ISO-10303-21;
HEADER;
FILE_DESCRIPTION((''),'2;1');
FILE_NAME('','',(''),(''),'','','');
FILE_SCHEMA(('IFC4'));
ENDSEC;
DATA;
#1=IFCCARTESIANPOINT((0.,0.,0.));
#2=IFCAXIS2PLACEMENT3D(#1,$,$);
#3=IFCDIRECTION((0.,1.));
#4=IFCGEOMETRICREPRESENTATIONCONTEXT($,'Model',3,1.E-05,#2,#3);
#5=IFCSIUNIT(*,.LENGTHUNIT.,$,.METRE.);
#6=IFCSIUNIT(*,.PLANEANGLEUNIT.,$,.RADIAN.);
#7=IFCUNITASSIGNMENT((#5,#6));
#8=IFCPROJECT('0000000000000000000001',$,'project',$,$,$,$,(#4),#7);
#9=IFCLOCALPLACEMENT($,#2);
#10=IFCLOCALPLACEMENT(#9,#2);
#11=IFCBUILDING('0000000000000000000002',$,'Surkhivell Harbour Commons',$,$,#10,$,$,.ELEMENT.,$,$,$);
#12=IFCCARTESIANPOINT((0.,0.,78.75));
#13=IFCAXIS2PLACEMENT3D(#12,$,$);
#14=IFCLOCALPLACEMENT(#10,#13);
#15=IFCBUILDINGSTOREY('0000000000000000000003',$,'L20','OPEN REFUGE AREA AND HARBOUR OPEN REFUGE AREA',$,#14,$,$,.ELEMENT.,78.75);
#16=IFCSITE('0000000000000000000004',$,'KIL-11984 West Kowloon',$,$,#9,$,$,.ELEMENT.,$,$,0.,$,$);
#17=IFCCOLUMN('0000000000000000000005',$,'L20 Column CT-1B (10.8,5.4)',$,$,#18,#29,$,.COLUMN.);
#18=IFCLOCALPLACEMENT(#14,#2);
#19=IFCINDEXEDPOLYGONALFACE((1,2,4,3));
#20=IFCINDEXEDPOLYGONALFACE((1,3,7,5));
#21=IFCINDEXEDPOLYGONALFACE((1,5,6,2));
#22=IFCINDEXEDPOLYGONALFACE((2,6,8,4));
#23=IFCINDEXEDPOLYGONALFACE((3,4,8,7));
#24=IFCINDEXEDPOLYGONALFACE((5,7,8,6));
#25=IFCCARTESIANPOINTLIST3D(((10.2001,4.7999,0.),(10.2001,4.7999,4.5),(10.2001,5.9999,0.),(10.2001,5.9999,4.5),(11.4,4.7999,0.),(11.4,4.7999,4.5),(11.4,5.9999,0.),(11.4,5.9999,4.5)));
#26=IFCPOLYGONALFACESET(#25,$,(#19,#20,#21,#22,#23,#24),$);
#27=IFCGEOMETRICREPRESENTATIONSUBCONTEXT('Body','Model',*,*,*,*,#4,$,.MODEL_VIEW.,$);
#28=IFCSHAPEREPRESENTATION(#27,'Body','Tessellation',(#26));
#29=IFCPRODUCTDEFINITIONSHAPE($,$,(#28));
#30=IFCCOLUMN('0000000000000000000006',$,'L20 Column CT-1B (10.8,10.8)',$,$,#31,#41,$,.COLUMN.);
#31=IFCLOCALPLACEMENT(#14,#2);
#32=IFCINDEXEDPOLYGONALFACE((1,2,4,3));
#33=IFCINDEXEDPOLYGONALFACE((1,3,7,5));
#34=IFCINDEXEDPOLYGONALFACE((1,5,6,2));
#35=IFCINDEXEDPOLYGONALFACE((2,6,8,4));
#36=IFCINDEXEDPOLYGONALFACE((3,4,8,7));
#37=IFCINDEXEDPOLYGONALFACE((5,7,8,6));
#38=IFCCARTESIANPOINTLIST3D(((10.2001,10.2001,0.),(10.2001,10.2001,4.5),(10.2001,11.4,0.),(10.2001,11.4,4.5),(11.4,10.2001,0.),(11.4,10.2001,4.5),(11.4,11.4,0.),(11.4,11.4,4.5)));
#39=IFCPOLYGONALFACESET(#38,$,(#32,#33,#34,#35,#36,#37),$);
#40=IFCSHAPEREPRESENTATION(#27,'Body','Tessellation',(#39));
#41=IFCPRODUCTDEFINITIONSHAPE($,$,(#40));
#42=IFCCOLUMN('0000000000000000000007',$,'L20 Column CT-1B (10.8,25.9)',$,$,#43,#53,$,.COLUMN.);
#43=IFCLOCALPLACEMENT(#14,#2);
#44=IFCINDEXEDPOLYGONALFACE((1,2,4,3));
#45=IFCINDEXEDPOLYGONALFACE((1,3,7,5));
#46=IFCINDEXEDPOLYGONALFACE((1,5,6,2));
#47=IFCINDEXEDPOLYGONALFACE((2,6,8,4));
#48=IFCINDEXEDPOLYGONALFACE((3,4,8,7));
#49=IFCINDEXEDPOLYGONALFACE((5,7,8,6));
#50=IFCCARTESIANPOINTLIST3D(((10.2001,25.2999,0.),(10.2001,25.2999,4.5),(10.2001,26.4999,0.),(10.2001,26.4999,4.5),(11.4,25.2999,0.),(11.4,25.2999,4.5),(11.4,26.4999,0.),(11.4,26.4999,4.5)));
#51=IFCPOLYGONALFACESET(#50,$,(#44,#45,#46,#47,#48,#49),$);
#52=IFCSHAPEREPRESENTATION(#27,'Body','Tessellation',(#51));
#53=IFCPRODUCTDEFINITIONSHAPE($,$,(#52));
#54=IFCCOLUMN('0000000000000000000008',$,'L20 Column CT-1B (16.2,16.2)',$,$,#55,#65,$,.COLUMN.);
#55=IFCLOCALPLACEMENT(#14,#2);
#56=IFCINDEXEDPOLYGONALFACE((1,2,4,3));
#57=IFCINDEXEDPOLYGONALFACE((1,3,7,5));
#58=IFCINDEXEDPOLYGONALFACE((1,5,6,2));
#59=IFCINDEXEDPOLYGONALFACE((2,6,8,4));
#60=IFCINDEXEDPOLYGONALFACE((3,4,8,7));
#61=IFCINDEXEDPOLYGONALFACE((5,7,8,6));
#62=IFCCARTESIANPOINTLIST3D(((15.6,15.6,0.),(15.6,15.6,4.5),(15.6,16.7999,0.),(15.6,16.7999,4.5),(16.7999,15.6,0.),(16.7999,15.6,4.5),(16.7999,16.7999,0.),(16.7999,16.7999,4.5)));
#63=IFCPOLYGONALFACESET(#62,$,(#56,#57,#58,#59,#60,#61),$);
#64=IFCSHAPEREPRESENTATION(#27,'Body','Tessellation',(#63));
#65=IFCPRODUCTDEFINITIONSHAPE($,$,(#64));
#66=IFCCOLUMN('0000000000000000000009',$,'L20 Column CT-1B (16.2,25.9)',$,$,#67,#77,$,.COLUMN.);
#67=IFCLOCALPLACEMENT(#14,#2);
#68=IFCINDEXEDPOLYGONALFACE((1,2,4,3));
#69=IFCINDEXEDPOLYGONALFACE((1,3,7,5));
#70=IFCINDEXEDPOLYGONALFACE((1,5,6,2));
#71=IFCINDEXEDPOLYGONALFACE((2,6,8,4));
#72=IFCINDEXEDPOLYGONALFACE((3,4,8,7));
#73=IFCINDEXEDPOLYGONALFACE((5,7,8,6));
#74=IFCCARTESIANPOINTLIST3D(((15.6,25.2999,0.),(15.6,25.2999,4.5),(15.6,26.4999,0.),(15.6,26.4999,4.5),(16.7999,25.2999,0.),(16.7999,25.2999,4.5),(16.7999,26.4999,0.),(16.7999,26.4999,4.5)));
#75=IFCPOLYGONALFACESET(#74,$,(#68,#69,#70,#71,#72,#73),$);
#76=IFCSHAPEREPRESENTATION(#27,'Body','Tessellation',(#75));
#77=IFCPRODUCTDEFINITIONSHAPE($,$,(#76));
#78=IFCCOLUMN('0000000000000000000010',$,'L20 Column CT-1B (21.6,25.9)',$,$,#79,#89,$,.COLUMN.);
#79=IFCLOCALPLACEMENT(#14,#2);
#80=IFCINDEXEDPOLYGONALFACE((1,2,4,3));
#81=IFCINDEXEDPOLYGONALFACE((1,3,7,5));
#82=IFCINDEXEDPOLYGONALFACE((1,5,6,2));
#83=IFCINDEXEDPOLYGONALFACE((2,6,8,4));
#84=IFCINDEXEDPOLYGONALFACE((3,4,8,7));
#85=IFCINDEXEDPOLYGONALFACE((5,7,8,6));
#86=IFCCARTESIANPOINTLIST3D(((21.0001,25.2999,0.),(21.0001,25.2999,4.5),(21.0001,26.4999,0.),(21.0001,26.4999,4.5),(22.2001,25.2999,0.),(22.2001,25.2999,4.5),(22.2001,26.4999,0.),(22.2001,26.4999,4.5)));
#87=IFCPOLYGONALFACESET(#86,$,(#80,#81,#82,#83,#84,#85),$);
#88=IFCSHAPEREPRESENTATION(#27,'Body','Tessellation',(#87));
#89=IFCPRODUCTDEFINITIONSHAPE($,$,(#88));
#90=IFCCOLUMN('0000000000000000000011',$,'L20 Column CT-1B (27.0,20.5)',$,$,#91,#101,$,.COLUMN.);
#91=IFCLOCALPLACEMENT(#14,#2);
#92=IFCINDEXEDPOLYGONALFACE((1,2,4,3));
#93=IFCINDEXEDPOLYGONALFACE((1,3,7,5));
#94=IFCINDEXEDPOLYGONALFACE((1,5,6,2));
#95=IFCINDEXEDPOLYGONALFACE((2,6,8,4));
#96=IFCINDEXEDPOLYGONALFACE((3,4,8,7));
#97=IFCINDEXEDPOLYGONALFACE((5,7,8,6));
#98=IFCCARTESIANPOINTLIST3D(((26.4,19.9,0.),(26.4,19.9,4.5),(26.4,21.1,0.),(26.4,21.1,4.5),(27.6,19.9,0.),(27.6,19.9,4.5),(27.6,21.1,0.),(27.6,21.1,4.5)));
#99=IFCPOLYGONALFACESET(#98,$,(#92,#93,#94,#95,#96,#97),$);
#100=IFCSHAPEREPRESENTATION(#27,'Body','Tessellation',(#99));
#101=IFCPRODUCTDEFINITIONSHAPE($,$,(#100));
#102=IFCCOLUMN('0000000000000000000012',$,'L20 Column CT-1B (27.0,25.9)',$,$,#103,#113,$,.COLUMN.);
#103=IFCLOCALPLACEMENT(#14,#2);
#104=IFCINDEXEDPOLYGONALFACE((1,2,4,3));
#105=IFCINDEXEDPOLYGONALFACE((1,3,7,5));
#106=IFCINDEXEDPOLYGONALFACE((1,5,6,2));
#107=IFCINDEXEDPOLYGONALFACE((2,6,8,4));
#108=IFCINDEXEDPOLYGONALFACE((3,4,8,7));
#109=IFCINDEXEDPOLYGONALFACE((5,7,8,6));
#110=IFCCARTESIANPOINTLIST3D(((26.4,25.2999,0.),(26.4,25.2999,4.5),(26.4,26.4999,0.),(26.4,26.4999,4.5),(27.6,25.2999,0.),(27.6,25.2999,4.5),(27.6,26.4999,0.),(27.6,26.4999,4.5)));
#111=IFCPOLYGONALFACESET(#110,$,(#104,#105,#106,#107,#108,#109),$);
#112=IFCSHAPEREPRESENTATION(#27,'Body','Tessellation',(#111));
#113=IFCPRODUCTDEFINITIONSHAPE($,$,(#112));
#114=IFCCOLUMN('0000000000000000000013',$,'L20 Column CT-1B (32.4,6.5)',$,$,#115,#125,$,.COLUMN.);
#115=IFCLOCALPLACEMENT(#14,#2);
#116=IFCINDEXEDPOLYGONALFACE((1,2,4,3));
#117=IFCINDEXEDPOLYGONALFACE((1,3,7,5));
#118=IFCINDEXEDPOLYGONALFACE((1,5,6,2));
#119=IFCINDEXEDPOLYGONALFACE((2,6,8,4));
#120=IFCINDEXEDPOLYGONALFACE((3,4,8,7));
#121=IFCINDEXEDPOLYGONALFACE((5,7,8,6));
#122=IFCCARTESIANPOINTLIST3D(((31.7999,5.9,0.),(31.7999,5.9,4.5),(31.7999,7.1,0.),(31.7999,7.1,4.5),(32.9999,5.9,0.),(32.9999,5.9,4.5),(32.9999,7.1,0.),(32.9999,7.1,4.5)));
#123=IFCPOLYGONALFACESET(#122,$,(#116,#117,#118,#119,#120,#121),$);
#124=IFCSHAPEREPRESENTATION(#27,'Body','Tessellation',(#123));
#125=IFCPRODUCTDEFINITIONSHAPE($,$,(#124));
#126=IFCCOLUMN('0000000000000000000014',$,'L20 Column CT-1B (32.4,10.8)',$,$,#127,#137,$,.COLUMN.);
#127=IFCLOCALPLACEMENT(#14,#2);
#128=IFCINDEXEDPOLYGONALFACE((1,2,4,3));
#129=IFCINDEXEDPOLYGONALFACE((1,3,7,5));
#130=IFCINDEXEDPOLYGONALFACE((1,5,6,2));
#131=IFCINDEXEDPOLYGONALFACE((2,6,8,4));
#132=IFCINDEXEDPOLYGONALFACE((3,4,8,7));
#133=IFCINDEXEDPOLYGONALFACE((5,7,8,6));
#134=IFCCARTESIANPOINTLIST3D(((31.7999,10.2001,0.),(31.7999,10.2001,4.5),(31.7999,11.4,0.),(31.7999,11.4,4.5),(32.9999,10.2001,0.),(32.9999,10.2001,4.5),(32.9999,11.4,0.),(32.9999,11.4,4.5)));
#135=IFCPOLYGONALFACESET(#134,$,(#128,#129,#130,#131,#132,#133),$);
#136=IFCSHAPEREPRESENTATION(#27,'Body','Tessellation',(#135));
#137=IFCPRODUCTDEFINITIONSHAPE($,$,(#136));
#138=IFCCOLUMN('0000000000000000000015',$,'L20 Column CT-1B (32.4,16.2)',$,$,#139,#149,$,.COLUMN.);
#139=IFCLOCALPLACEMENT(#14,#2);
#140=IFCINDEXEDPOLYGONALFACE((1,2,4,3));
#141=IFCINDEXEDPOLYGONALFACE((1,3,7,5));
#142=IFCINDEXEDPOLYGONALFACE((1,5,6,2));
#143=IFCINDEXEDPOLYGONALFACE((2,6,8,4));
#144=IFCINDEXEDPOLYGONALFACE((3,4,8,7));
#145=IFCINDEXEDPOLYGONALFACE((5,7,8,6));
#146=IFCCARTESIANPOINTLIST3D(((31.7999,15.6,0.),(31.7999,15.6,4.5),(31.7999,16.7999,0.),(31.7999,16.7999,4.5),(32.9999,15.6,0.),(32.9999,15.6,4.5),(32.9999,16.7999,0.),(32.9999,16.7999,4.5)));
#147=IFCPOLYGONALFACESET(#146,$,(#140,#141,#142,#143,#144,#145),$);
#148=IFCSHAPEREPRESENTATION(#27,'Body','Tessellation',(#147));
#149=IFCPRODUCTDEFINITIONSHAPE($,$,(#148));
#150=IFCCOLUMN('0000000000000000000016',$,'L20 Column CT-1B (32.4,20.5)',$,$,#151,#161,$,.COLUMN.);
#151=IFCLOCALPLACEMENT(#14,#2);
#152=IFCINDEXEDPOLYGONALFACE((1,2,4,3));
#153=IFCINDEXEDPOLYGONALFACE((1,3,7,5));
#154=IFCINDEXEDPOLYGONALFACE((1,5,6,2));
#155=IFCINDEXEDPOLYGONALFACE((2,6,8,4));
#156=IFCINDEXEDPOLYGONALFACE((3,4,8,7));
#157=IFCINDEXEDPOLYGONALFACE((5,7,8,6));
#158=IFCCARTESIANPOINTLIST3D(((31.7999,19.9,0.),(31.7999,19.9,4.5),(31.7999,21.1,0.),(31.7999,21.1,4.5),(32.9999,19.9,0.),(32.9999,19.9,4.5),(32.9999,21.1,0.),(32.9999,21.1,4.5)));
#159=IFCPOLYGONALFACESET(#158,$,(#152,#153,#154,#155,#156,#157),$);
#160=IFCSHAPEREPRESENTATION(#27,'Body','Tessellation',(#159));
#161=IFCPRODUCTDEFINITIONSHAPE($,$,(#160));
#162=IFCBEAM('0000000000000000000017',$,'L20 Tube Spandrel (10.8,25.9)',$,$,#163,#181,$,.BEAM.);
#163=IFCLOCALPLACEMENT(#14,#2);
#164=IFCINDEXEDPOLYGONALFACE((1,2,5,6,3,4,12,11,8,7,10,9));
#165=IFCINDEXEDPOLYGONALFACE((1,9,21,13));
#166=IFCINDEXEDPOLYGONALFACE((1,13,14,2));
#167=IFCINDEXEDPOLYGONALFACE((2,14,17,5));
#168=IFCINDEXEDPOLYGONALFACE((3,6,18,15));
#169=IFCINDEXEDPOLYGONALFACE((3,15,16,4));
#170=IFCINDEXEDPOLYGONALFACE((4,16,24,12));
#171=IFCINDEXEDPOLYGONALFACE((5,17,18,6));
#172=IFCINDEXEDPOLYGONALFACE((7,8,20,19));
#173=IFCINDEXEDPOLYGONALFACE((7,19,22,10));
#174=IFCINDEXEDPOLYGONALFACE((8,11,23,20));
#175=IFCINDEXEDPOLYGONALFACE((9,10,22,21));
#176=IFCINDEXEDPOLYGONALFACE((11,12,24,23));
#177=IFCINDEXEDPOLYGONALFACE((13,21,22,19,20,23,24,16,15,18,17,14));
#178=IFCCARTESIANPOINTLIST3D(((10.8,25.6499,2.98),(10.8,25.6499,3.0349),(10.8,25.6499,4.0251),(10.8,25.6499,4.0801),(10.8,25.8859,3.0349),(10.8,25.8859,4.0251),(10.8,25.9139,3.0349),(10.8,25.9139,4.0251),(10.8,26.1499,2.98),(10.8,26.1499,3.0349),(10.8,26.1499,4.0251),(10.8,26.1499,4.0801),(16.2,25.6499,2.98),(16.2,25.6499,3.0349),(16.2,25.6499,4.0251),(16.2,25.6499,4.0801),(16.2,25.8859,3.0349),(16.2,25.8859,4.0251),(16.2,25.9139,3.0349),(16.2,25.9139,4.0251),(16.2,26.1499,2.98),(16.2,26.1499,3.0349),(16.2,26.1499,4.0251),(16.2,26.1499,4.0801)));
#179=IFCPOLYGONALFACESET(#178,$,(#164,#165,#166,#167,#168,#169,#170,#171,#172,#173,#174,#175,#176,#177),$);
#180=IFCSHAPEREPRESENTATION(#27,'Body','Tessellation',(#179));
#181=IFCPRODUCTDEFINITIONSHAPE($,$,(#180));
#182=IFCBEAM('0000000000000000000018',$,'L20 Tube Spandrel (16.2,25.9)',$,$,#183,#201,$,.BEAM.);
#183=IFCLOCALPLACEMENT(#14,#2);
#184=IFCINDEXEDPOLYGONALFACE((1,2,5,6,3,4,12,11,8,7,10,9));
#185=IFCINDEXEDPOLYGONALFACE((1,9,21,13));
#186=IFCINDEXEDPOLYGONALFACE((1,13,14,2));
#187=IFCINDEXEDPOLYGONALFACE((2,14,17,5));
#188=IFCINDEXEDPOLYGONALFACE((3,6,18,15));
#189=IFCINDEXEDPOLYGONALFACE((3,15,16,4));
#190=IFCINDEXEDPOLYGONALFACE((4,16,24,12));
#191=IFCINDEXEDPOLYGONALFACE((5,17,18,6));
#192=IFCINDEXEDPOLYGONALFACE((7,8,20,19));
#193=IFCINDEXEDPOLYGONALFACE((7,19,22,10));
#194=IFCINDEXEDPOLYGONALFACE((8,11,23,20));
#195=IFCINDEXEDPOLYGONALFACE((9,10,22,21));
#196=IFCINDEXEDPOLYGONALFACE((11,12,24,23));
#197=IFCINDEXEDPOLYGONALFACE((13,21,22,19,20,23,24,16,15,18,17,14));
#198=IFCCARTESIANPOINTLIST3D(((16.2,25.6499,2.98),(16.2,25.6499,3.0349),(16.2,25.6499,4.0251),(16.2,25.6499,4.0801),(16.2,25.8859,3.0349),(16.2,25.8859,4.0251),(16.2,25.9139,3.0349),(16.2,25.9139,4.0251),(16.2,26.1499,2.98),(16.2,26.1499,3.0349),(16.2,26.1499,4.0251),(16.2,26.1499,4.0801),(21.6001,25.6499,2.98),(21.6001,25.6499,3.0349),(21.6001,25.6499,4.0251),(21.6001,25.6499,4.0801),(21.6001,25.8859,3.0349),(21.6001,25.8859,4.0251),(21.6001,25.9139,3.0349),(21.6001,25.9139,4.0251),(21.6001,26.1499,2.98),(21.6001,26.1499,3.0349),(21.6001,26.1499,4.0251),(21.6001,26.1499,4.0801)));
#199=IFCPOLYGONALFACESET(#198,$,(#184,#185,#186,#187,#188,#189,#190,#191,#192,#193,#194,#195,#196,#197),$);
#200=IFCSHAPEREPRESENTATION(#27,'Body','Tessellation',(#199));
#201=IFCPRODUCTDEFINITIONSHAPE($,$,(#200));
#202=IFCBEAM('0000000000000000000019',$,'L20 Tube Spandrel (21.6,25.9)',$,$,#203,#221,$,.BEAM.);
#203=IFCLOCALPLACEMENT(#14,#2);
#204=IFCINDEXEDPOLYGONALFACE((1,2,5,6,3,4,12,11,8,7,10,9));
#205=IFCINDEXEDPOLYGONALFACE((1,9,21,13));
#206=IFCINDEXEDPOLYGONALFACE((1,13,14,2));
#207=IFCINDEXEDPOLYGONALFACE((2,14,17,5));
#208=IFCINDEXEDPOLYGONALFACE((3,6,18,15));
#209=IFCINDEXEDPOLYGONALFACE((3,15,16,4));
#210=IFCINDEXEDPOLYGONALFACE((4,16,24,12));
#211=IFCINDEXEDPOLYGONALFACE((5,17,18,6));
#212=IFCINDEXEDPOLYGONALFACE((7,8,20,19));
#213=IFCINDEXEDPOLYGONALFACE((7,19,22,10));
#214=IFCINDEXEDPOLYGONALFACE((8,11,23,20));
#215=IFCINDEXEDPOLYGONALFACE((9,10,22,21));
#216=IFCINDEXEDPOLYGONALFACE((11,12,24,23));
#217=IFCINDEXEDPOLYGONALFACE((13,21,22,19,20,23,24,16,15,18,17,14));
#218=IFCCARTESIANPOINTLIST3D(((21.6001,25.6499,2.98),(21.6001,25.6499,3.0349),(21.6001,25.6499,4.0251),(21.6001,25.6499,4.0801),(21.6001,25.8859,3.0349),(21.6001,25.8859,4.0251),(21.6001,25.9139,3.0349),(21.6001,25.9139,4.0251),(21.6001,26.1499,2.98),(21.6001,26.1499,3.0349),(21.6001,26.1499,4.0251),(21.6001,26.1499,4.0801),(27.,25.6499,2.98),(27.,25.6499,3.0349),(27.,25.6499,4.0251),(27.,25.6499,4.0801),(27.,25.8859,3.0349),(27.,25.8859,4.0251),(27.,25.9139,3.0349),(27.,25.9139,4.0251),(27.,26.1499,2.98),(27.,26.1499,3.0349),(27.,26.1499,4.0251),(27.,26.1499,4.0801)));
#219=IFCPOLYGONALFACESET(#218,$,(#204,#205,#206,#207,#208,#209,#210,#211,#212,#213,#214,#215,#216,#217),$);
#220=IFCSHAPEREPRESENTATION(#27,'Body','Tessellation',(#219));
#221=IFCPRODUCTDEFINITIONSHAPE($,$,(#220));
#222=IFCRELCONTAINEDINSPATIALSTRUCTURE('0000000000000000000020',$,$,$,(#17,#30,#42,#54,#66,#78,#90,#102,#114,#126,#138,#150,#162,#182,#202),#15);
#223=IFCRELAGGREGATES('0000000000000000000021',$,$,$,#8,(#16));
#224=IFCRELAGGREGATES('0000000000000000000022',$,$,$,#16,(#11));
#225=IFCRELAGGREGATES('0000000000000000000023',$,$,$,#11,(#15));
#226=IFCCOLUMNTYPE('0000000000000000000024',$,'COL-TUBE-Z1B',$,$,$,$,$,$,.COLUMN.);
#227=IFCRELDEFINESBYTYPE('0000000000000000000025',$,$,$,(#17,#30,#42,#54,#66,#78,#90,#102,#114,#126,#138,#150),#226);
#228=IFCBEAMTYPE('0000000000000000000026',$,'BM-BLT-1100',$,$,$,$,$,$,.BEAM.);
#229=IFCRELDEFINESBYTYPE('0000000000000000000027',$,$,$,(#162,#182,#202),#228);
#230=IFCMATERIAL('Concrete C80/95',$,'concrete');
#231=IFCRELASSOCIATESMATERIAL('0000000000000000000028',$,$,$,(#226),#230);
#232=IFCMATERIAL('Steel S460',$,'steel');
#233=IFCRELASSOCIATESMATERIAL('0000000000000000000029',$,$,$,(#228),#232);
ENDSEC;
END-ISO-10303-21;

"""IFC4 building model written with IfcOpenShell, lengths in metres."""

from ifc_helpers import new_model, si_unit, direction, frame, origin, origin_2d, place, context, subcontext, project, spatial, rectangle, i_section, extrude, material, material_profile, profile_set, type_object, element, save


model = new_model("IFC4")

# Units and contexts
model_context = context("Model", 3, precision=1e-05, world=origin(), true_north=direction((0.0, 1.0)))
body_context = subcontext(model_context, "Body", "Model", "MODEL_VIEW")
ifc_project = project(units=[si_unit("LENGTHUNIT", "METRE"), si_unit("PLANEANGLEUNIT", "RADIAN")], contexts=[model_context])

# Site, building, storey
site_placement = place(None, origin())
site = spatial("IfcSite", under=ifc_project, at=site_placement, Name="KIL-11984 West Kowloon", CompositionType="ELEMENT", RefElevation=0.0)
building_placement = place(site_placement, origin())
building = spatial("IfcBuilding", under=site, at=building_placement, Name="Surkhivell Harbour Commons", CompositionType="ELEMENT")
storey_placement = place(building_placement, frame((0.0, 0.0, 78.75)))
storey = spatial("IfcBuildingStorey", under=building, at=storey_placement, Name="L20", Description="OPEN REFUGE AREA AND HARBOUR OPEN REFUGE AREA", CompositionType="ELEMENT", Elevation=78.75)

# Columns
ifc_material_1 = material(Name="Concrete C80/95", Category="concrete")
ifc_material_profile_1 = material_profile(ifc_material_1, rectangle(XDim=1.2, YDim=1.2, at=origin_2d()), Name="RC-COL-1200x1200")
ifc_profile_set_1 = profile_set([ifc_material_profile_1], Name="Concrete C80/95")
column_type = type_object("IfcColumnType", Name="COL-TUBE-Z1B", PredefinedType="COLUMN", material=ifc_profile_set_1)
for number, where, z_axis, x_axis, name in (
    (1, (10.8, 5.3999, 0.0), (0.0, 0.0, 1.0), (1.0, 0.0, 0.0), "L20 Column CT-1B (10.8,5.4)"),
    (2, (10.8, 10.8, 0.0), (0.0, 0.0, 1.0), (1.0, 0.0, 0.0), "L20 Column CT-1B (10.8,10.8)"),
    (3, (10.8, 25.8999, 0.0), (0.0, 0.0, 1.0), (1.0, 0.0, 0.0), "L20 Column CT-1B (10.8,25.9)"),
    (4, (16.2, 16.2, 0.0), (0.0, 0.0, 1.0), (1.0, 0.0, 0.0), "L20 Column CT-1B (16.2,16.2)"),
    (5, (16.2, 25.8999, 0.0), (0.0, 0.0, 1.0), (1.0, 0.0, 0.0), "L20 Column CT-1B (16.2,25.9)"),
    (6, (21.6001, 25.8999, 0.0), (0.0, 0.0, 1.0), (1.0, 0.0, 0.0), "L20 Column CT-1B (21.6,25.9)"),
    (7, (27.0, 20.5, 0.0), (0.0, 0.0, 1.0), (1.0, 0.0, 0.0), "L20 Column CT-1B (27.0,20.5)"),
    (8, (27.0, 25.8999, 0.0), (0.0, 0.0, 1.0), (1.0, 0.0, 0.0), "L20 Column CT-1B (27.0,25.9)"),
    (9, (32.3999, 6.5, 0.0), (0.0, 0.0, 1.0), (1.0, 0.0, 0.0), "L20 Column CT-1B (32.4,6.5)"),
    (10, (32.3999, 10.8, 0.0), (0.0, 0.0, 1.0), (1.0, 0.0, 0.0), "L20 Column CT-1B (32.4,10.8)"),
    (11, (32.3999, 16.2, 0.0), (0.0, 0.0, 1.0), (1.0, 0.0, 0.0), "L20 Column CT-1B (32.4,16.2)"),
    (12, (32.3999, 20.5, 0.0), (0.0, 0.0, 1.0), (1.0, 0.0, 0.0), "L20 Column CT-1B (32.4,20.5)"),
):
    element("IfcColumn", number, at=place(storey_placement, frame(where, z_axis=z_axis, x_axis=x_axis)), inside=storey, type_object=column_type, Name=name, PredefinedType="COLUMN", context=body_context, shape_type="SweptSolid", body=[
        extrude(rectangle(XDim=1.2, YDim=1.2, at=origin_2d()), origin(), (0.0, 0.0, 1.0), 4.5),
    ])

# Beams
ifc_material_2 = material(Name="Steel S460", Category="steel")
ifc_material_profile_2 = material_profile(ifc_material_2, i_section(OverallWidth=0.5, OverallDepth=1.1001, WebThickness=0.0281, FlangeThickness=0.0549, at=origin_2d()), Name="WPG1100x500x210")
ifc_profile_set_2 = profile_set([ifc_material_profile_2], Name="Steel S460")
beam_type_1 = type_object("IfcBeamType", Name="BM-BLT-1100", PredefinedType="BEAM", material=ifc_profile_set_2)
beam_1_placement = place(storey_placement, frame((10.8, 25.8999, 3.53), z_axis=(1.0, 0.0, 0.0), x_axis=(0.0, 1.0, 0.0)))
element("IfcBeam", 13, at=beam_1_placement, inside=storey, type_object=beam_type_1, Name="L20 Tube Spandrel (10.8,25.9)", PredefinedType="BEAM", context=body_context, shape_type="SweptSolid", body=[
    extrude(i_section(OverallWidth=0.5, OverallDepth=1.1001, WebThickness=0.0281, FlangeThickness=0.0549, at=origin_2d()), origin(), (0.0, 0.0, 1.0), 5.3999),
])
beam_2_placement = place(storey_placement, frame((16.2, 25.8999, 3.53), z_axis=(1.0, 0.0, 0.0), x_axis=(0.0, 1.0, 0.0)))
element("IfcBeam", 14, at=beam_2_placement, inside=storey, type_object=beam_type_1, Name="L20 Tube Spandrel (16.2,25.9)", PredefinedType="BEAM", context=body_context, shape_type="SweptSolid", body=[
    extrude(i_section(OverallWidth=0.5, OverallDepth=1.1001, WebThickness=0.0281, FlangeThickness=0.0549, at=origin_2d()), origin(), (0.0, 0.0, 1.0), 5.4001),
])
beam_3_placement = place(storey_placement, frame((21.6001, 25.8999, 3.53), z_axis=(1.0, 0.0, 0.0), x_axis=(0.0, 1.0, 0.0)))
element("IfcBeam", 15, at=beam_3_placement, inside=storey, type_object=beam_type_1, Name="L20 Tube Spandrel (21.6,25.9)", PredefinedType="BEAM", context=body_context, shape_type="SweptSolid", body=[
    extrude(i_section(OverallWidth=0.5, OverallDepth=1.1001, WebThickness=0.0281, FlangeThickness=0.0549, at=origin_2d()), origin(), (0.0, 0.0, 1.0), 5.3999),
])

save(model, "model.ifc")
